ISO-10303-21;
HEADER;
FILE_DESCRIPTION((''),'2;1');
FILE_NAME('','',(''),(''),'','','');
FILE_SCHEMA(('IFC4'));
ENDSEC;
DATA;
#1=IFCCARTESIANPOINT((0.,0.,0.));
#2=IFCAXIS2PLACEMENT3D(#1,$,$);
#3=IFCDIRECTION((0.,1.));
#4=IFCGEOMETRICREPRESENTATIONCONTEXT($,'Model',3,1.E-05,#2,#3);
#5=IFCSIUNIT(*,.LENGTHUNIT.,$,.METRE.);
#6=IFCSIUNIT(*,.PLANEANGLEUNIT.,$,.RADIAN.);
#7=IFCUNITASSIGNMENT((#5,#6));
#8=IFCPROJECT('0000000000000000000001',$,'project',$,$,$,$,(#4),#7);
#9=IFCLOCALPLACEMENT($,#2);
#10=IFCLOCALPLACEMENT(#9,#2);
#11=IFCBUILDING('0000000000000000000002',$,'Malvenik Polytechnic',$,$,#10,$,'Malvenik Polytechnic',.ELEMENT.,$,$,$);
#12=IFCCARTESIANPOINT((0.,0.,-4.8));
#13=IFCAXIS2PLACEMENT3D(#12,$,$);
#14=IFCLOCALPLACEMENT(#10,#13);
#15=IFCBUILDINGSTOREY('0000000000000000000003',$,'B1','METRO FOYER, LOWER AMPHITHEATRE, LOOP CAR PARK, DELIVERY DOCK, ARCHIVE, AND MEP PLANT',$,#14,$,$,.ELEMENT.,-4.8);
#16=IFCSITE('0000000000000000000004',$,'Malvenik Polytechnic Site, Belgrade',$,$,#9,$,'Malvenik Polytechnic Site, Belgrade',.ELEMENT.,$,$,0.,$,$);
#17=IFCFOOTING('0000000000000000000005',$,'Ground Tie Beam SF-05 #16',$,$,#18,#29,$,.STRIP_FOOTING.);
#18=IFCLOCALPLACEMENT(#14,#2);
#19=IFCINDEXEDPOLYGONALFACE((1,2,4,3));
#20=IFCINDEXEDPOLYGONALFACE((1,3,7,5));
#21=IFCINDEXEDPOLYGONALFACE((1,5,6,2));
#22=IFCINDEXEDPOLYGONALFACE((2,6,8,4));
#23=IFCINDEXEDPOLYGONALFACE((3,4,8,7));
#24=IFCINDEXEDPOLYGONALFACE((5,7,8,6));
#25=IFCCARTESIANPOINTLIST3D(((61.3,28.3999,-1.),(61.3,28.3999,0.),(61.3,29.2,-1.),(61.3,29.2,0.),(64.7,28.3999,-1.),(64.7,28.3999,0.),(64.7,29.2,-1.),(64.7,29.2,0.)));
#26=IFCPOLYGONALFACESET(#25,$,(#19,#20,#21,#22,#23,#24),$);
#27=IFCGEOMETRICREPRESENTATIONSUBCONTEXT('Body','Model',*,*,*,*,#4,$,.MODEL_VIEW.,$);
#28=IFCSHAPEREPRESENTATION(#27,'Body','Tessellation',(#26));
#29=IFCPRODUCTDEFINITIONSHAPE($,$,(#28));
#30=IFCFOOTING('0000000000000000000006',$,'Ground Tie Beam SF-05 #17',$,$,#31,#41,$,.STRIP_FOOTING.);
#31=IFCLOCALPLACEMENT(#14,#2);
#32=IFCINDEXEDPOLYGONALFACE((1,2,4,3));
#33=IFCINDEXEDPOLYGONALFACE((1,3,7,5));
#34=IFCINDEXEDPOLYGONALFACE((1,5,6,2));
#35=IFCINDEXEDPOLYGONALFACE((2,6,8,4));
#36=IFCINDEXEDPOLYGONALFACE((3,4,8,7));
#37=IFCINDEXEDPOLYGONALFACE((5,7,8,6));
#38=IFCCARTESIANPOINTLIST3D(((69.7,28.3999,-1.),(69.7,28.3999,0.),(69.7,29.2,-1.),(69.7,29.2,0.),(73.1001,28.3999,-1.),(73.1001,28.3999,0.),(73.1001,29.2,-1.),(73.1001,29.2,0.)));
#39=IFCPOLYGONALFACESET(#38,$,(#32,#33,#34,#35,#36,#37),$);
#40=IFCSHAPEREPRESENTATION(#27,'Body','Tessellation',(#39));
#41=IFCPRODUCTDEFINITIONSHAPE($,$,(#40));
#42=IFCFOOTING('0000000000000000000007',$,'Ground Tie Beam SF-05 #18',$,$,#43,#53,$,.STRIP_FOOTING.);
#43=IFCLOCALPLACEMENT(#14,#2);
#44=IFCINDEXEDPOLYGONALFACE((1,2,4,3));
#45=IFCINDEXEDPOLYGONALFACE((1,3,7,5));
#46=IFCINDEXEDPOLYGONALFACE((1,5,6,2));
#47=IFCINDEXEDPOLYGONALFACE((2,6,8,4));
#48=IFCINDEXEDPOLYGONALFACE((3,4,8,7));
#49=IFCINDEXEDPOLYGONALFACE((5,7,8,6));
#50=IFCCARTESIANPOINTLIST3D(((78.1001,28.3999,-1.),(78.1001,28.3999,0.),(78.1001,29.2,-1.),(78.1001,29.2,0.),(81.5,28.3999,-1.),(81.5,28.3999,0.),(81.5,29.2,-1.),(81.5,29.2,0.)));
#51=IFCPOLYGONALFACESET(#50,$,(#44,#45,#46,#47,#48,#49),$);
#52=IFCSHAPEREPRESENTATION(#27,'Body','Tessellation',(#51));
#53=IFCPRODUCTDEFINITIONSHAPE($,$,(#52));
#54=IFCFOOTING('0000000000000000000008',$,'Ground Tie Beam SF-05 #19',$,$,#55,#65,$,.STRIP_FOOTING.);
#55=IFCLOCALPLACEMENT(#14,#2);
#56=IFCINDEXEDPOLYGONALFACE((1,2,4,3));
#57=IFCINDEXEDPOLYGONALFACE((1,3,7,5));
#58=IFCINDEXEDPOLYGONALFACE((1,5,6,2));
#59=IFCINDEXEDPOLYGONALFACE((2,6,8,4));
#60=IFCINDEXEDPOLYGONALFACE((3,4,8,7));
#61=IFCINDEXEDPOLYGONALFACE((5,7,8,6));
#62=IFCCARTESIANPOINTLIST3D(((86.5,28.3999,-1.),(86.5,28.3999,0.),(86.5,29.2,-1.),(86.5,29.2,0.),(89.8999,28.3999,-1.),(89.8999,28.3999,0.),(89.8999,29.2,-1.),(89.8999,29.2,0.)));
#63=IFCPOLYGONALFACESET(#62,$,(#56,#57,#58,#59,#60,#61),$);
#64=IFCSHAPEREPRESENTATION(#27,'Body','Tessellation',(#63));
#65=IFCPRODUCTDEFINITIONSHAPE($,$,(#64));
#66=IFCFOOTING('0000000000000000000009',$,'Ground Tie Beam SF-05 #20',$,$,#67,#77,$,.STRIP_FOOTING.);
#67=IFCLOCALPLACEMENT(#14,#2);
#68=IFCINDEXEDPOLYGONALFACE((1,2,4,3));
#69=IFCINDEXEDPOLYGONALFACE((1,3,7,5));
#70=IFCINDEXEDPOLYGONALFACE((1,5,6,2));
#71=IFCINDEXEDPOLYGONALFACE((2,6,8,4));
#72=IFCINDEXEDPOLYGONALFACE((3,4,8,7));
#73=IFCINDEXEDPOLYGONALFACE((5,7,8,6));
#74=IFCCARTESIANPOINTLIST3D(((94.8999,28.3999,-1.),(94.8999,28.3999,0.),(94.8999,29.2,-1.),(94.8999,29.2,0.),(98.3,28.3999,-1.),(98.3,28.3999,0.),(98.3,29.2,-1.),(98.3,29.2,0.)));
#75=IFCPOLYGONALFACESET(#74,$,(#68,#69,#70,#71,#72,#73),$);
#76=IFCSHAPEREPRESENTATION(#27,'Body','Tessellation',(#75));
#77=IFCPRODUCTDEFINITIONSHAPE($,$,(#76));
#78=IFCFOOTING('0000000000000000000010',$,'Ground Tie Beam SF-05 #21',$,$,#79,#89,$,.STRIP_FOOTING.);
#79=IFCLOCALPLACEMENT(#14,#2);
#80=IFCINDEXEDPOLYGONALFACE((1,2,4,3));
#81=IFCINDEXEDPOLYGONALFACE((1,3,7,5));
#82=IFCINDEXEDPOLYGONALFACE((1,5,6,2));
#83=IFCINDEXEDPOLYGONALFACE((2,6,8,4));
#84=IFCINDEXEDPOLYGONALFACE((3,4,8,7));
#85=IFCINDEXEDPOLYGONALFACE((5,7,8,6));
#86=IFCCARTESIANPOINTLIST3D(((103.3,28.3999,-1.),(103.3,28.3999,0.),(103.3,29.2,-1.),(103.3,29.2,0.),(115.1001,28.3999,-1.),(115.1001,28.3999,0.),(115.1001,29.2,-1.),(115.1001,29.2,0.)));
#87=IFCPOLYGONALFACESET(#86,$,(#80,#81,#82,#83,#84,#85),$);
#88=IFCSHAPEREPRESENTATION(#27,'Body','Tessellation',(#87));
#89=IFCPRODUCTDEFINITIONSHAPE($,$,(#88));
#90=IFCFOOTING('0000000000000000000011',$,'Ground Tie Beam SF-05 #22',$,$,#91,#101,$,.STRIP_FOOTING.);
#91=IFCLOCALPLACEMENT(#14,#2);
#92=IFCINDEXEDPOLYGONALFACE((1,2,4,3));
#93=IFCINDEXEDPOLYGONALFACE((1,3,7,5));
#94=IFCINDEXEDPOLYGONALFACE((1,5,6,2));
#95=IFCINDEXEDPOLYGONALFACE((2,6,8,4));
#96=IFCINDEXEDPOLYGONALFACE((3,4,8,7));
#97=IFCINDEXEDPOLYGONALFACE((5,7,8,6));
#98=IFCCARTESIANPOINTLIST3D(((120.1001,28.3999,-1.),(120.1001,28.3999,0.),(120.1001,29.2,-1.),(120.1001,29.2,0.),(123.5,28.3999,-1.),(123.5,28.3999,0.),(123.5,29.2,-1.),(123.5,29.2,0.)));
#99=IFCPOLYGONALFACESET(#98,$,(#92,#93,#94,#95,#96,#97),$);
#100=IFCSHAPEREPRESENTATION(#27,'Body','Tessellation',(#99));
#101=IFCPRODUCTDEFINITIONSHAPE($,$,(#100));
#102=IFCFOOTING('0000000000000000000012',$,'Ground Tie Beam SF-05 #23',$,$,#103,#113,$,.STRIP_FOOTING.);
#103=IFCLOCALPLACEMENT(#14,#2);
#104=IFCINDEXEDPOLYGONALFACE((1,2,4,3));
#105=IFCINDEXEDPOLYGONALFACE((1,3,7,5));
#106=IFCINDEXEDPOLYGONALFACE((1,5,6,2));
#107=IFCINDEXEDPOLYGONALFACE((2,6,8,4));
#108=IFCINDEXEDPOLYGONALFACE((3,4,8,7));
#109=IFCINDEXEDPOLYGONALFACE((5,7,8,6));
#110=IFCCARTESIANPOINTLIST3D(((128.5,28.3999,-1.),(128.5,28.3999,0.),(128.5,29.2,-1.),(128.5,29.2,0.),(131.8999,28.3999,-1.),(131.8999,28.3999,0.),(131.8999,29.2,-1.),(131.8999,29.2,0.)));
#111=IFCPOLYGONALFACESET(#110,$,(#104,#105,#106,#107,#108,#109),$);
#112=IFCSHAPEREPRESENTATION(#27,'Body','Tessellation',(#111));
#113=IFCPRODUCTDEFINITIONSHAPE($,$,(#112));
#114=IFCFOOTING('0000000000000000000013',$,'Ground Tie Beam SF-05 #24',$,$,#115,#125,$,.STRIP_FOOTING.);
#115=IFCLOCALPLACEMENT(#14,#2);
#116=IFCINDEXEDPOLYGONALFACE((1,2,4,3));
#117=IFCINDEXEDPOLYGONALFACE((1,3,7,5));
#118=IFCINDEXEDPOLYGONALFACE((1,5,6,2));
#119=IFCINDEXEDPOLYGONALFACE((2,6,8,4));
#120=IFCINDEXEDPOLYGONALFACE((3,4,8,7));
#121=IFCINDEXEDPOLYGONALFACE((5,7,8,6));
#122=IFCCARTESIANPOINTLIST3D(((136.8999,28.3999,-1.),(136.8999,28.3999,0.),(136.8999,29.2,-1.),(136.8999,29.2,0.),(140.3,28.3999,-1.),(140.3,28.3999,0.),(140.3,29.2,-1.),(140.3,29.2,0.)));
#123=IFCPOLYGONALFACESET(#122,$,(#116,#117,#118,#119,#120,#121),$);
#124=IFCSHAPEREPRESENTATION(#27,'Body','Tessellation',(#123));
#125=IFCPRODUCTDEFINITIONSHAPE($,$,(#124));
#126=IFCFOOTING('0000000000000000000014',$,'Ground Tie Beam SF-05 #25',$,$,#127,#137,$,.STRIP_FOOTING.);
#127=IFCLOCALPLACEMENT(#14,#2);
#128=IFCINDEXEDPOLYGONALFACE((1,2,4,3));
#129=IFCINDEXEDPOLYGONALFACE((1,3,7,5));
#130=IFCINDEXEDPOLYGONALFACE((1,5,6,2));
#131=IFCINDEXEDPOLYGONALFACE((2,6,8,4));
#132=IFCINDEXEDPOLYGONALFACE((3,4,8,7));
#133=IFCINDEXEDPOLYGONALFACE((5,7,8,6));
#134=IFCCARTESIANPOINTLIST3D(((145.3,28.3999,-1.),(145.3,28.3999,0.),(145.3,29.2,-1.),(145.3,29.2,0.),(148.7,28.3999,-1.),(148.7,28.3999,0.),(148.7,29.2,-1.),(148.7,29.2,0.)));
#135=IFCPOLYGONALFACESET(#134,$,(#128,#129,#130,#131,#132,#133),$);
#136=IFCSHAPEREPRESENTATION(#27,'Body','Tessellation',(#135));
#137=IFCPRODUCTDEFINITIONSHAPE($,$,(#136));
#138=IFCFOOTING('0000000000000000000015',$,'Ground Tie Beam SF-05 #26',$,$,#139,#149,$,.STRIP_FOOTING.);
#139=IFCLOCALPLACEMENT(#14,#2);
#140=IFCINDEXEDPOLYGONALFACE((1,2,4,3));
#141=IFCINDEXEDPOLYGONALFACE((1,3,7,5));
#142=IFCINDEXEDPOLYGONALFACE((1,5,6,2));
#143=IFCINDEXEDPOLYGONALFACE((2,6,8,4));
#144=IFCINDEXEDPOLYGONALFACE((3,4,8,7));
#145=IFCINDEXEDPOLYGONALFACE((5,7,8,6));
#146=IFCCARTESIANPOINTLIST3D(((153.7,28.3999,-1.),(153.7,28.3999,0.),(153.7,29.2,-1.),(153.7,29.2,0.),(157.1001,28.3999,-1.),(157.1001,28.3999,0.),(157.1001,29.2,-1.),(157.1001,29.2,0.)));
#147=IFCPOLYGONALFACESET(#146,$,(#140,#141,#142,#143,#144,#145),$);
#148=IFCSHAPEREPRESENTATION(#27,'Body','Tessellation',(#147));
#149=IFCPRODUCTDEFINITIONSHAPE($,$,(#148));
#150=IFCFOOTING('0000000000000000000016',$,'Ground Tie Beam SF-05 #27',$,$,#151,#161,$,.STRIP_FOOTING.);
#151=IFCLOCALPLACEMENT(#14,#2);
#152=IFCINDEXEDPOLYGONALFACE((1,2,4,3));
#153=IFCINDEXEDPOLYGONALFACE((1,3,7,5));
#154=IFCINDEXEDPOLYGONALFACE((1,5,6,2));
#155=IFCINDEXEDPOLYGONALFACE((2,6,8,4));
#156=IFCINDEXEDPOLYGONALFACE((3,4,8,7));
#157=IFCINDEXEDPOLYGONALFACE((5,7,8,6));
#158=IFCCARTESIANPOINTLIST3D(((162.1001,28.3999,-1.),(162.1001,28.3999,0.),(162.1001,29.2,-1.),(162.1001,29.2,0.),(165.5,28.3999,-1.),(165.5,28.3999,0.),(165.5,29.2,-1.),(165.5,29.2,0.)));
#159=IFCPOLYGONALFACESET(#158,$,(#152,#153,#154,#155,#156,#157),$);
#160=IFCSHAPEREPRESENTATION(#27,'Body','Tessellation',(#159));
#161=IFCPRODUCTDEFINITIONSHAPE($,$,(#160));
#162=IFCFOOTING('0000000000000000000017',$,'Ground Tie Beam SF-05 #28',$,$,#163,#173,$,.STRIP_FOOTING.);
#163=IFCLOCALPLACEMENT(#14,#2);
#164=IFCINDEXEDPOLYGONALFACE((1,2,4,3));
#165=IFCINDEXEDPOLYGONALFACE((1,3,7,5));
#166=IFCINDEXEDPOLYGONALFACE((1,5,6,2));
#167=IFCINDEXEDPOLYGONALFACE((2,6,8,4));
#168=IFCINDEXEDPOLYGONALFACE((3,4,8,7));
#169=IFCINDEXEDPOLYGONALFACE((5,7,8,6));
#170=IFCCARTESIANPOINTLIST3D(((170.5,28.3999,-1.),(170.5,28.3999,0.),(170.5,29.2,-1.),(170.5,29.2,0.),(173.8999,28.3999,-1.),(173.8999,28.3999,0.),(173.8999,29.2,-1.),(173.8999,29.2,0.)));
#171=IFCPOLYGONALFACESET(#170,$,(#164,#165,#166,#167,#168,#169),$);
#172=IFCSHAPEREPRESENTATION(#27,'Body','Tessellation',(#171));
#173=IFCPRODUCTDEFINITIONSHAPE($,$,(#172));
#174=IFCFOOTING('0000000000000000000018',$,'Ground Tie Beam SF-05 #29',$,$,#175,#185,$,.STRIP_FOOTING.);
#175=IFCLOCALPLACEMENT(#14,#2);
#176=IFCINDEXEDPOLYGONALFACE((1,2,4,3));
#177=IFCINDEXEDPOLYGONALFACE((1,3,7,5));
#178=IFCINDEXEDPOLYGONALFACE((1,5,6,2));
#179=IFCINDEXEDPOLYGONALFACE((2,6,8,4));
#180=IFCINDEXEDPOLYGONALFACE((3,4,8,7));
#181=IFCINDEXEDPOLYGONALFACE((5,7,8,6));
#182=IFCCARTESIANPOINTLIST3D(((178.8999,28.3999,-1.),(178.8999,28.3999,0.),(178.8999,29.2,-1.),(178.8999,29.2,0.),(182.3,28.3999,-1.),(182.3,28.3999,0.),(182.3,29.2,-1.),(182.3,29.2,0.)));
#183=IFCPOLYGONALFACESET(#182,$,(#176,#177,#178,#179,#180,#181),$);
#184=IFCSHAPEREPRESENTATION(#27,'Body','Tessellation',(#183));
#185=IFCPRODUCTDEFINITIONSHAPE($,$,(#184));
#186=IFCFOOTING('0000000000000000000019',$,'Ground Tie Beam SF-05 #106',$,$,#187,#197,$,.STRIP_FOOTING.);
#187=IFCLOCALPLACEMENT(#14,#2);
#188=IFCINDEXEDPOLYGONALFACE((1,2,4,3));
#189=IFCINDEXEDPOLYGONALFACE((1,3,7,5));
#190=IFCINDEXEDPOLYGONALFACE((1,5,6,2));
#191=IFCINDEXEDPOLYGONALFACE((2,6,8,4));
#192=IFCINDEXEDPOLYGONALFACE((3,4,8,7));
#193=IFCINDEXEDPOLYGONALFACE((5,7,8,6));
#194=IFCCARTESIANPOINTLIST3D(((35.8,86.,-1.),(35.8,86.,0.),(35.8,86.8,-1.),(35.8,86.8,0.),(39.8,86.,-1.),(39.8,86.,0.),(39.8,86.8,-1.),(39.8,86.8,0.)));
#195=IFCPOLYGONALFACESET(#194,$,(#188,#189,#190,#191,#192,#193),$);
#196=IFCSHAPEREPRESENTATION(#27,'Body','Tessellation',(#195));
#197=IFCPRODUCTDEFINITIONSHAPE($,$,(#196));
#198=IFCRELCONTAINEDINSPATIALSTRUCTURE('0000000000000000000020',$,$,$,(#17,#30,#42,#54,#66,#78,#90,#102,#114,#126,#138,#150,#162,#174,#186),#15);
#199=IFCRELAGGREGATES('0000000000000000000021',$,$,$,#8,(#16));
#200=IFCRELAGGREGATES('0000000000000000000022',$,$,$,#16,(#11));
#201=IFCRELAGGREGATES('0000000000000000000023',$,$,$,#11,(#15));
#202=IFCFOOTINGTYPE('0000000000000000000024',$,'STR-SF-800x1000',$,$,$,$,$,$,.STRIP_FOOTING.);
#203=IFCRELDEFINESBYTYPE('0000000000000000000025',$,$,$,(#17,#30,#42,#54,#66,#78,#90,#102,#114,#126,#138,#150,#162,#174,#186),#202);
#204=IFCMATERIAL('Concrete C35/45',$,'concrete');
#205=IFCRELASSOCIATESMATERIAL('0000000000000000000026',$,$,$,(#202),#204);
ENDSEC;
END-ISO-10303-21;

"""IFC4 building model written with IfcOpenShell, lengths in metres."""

from ifc_helpers import new_model, si_unit, direction, frame, origin, place, context, subcontext, project, spatial, polyline, outline, extrude, material, type_object, element, save


model = new_model("IFC4")

# Units and contexts
model_context = context("Model", 3, precision=1e-05, world=origin(), true_north=direction((0.0, 1.0)))
body_context = subcontext(model_context, "Body", "Model", "MODEL_VIEW")
ifc_project = project(units=[si_unit("LENGTHUNIT", "METRE"), si_unit("PLANEANGLEUNIT", "RADIAN")], contexts=[model_context])

# Site, building, storey
site_placement = place(None, origin())
site = spatial("IfcSite", under=ifc_project, at=site_placement, Name="Malvenik Polytechnic Site, Belgrade", LongName="Malvenik Polytechnic Site, Belgrade", CompositionType="ELEMENT", RefElevation=0.0)
building_placement = place(site_placement, origin())
building = spatial("IfcBuilding", under=site, at=building_placement, Name="Malvenik Polytechnic", LongName="Malvenik Polytechnic", CompositionType="ELEMENT")
storey_placement = place(building_placement, frame((0.0, 0.0, -4.8)))
storey = spatial("IfcBuildingStorey", under=building, at=storey_placement, Name="B1", Description="METRO FOYER, LOWER AMPHITHEATRE, LOOP CAR PARK, DELIVERY DOCK, ARCHIVE, AND MEP PLANT", CompositionType="ELEMENT", Elevation=-4.8)

# Footings
ifc_material = material(Name="Concrete C35/45", Category="concrete")
footing_type = type_object("IfcFootingType", Name="STR-SF-800x1000", PredefinedType="STRIP_FOOTING", material=ifc_material)
footing_1_placement = place(storey_placement, frame((0.0, 0.0, -1.0)))
element("IfcFooting", 1, at=footing_1_placement, inside=storey, type_object=footing_type, Name="Ground Tie Beam SF-05 #16", PredefinedType="STRIP_FOOTING", context=body_context, shape_type="SweptSolid", body=[
    extrude(outline(polyline([(61.3, 28.3999), (64.7, 28.3999), (64.7, 29.2), (61.3, 29.2), (61.3, 28.3999)])), origin(), (0.0, 0.0, 1.0), 1.0),
])
footing_2_placement = place(storey_placement, frame((0.0, 0.0, -1.0)))
element("IfcFooting", 2, at=footing_2_placement, inside=storey, type_object=footing_type, Name="Ground Tie Beam SF-05 #17", PredefinedType="STRIP_FOOTING", context=body_context, shape_type="SweptSolid", body=[
    extrude(outline(polyline([(69.7, 28.3999), (73.1001, 28.3999), (73.1001, 29.2), (69.7, 29.2), (69.7, 28.3999)])), origin(), (0.0, 0.0, 1.0), 1.0),
])
footing_3_placement = place(storey_placement, frame((0.0, 0.0, -1.0)))
element("IfcFooting", 3, at=footing_3_placement, inside=storey, type_object=footing_type, Name="Ground Tie Beam SF-05 #18", PredefinedType="STRIP_FOOTING", context=body_context, shape_type="SweptSolid", body=[
    extrude(outline(polyline([(78.1001, 28.3999), (81.5, 28.3999), (81.5, 29.2), (78.1001, 29.2), (78.1001, 28.3999)])), origin(), (0.0, 0.0, 1.0), 1.0),
])
footing_4_placement = place(storey_placement, frame((0.0, 0.0, -1.0)))
element("IfcFooting", 4, at=footing_4_placement, inside=storey, type_object=footing_type, Name="Ground Tie Beam SF-05 #19", PredefinedType="STRIP_FOOTING", context=body_context, shape_type="SweptSolid", body=[
    extrude(outline(polyline([(86.5, 28.3999), (89.8999, 28.3999), (89.8999, 29.2), (86.5, 29.2), (86.5, 28.3999)])), origin(), (0.0, 0.0, 1.0), 1.0),
])
footing_5_placement = place(storey_placement, frame((0.0, 0.0, -1.0)))
element("IfcFooting", 5, at=footing_5_placement, inside=storey, type_object=footing_type, Name="Ground Tie Beam SF-05 #20", PredefinedType="STRIP_FOOTING", context=body_context, shape_type="SweptSolid", body=[
    extrude(outline(polyline([(94.8999, 28.3999), (98.3, 28.3999), (98.3, 29.2), (94.8999, 29.2), (94.8999, 28.3999)])), origin(), (0.0, 0.0, 1.0), 1.0),
])
footing_6_placement = place(storey_placement, frame((0.0, 0.0, -1.0)))
element("IfcFooting", 6, at=footing_6_placement, inside=storey, type_object=footing_type, Name="Ground Tie Beam SF-05 #21", PredefinedType="STRIP_FOOTING", context=body_context, shape_type="SweptSolid", body=[
    extrude(outline(polyline([(103.3, 28.3999), (115.1001, 28.3999), (115.1001, 29.2), (103.3, 29.2), (103.3, 28.3999)])), origin(), (0.0, 0.0, 1.0), 1.0),
])
footing_7_placement = place(storey_placement, frame((0.0, 0.0, -1.0)))
element("IfcFooting", 7, at=footing_7_placement, inside=storey, type_object=footing_type, Name="Ground Tie Beam SF-05 #22", PredefinedType="STRIP_FOOTING", context=body_context, shape_type="SweptSolid", body=[
    extrude(outline(polyline([(120.1001, 28.3999), (123.5, 28.3999), (123.5, 29.2), (120.1001, 29.2), (120.1001, 28.3999)])), origin(), (0.0, 0.0, 1.0), 1.0),
])
footing_8_placement = place(storey_placement, frame((0.0, 0.0, -1.0)))
element("IfcFooting", 8, at=footing_8_placement, inside=storey, type_object=footing_type, Name="Ground Tie Beam SF-05 #23", PredefinedType="STRIP_FOOTING", context=body_context, shape_type="SweptSolid", body=[
    extrude(outline(polyline([(128.5, 28.3999), (131.8999, 28.3999), (131.8999, 29.2), (128.5, 29.2), (128.5, 28.3999)])), origin(), (0.0, 0.0, 1.0), 1.0),
])
footing_9_placement = place(storey_placement, frame((0.0, 0.0, -1.0)))
element("IfcFooting", 9, at=footing_9_placement, inside=storey, type_object=footing_type, Name="Ground Tie Beam SF-05 #24", PredefinedType="STRIP_FOOTING", context=body_context, shape_type="SweptSolid", body=[
    extrude(outline(polyline([(136.8999, 28.3999), (140.3, 28.3999), (140.3, 29.2), (136.8999, 29.2), (136.8999, 28.3999)])), origin(), (0.0, 0.0, 1.0), 1.0),
])
footing_10_placement = place(storey_placement, frame((0.0, 0.0, -1.0)))
element("IfcFooting", 10, at=footing_10_placement, inside=storey, type_object=footing_type, Name="Ground Tie Beam SF-05 #25", PredefinedType="STRIP_FOOTING", context=body_context, shape_type="SweptSolid", body=[
    extrude(outline(polyline([(145.3, 28.3999), (148.7, 28.3999), (148.7, 29.2), (145.3, 29.2), (145.3, 28.3999)])), origin(), (0.0, 0.0, 1.0), 1.0),
])
footing_11_placement = place(storey_placement, frame((0.0, 0.0, -1.0)))
element("IfcFooting", 11, at=footing_11_placement, inside=storey, type_object=footing_type, Name="Ground Tie Beam SF-05 #26", PredefinedType="STRIP_FOOTING", context=body_context, shape_type="SweptSolid", body=[
    extrude(outline(polyline([(153.7, 28.3999), (157.1001, 28.3999), (157.1001, 29.2), (153.7, 29.2), (153.7, 28.3999)])), origin(), (0.0, 0.0, 1.0), 1.0),
])
footing_12_placement = place(storey_placement, frame((0.0, 0.0, -1.0)))
element("IfcFooting", 12, at=footing_12_placement, inside=storey, type_object=footing_type, Name="Ground Tie Beam SF-05 #27", PredefinedType="STRIP_FOOTING", context=body_context, shape_type="SweptSolid", body=[
    extrude(outline(polyline([(162.1001, 28.3999), (165.5, 28.3999), (165.5, 29.2), (162.1001, 29.2), (162.1001, 28.3999)])), origin(), (0.0, 0.0, 1.0), 1.0),
])
footing_13_placement = place(storey_placement, frame((0.0, 0.0, -1.0)))
element("IfcFooting", 13, at=footing_13_placement, inside=storey, type_object=footing_type, Name="Ground Tie Beam SF-05 #28", PredefinedType="STRIP_FOOTING", context=body_context, shape_type="SweptSolid", body=[
    extrude(outline(polyline([(170.5, 28.3999), (173.8999, 28.3999), (173.8999, 29.2), (170.5, 29.2), (170.5, 28.3999)])), origin(), (0.0, 0.0, 1.0), 1.0),
])
footing_14_placement = place(storey_placement, frame((0.0, 0.0, -1.0)))
element("IfcFooting", 14, at=footing_14_placement, inside=storey, type_object=footing_type, Name="Ground Tie Beam SF-05 #29", PredefinedType="STRIP_FOOTING", context=body_context, shape_type="SweptSolid", body=[
    extrude(outline(polyline([(178.8999, 28.3999), (182.3, 28.3999), (182.3, 29.2), (178.8999, 29.2), (178.8999, 28.3999)])), origin(), (0.0, 0.0, 1.0), 1.0),
])
footing_15_placement = place(storey_placement, frame((0.0, 0.0, -1.0)))
element("IfcFooting", 15, at=footing_15_placement, inside=storey, type_object=footing_type, Name="Ground Tie Beam SF-05 #106", PredefinedType="STRIP_FOOTING", context=body_context, shape_type="SweptSolid", body=[
    extrude(outline(polyline([(35.8, 86.0), (39.8, 86.0), (39.8, 86.8), (35.8, 86.8), (35.8, 86.0)])), origin(), (0.0, 0.0, 1.0), 1.0),
])

save(model, "model.ifc")
